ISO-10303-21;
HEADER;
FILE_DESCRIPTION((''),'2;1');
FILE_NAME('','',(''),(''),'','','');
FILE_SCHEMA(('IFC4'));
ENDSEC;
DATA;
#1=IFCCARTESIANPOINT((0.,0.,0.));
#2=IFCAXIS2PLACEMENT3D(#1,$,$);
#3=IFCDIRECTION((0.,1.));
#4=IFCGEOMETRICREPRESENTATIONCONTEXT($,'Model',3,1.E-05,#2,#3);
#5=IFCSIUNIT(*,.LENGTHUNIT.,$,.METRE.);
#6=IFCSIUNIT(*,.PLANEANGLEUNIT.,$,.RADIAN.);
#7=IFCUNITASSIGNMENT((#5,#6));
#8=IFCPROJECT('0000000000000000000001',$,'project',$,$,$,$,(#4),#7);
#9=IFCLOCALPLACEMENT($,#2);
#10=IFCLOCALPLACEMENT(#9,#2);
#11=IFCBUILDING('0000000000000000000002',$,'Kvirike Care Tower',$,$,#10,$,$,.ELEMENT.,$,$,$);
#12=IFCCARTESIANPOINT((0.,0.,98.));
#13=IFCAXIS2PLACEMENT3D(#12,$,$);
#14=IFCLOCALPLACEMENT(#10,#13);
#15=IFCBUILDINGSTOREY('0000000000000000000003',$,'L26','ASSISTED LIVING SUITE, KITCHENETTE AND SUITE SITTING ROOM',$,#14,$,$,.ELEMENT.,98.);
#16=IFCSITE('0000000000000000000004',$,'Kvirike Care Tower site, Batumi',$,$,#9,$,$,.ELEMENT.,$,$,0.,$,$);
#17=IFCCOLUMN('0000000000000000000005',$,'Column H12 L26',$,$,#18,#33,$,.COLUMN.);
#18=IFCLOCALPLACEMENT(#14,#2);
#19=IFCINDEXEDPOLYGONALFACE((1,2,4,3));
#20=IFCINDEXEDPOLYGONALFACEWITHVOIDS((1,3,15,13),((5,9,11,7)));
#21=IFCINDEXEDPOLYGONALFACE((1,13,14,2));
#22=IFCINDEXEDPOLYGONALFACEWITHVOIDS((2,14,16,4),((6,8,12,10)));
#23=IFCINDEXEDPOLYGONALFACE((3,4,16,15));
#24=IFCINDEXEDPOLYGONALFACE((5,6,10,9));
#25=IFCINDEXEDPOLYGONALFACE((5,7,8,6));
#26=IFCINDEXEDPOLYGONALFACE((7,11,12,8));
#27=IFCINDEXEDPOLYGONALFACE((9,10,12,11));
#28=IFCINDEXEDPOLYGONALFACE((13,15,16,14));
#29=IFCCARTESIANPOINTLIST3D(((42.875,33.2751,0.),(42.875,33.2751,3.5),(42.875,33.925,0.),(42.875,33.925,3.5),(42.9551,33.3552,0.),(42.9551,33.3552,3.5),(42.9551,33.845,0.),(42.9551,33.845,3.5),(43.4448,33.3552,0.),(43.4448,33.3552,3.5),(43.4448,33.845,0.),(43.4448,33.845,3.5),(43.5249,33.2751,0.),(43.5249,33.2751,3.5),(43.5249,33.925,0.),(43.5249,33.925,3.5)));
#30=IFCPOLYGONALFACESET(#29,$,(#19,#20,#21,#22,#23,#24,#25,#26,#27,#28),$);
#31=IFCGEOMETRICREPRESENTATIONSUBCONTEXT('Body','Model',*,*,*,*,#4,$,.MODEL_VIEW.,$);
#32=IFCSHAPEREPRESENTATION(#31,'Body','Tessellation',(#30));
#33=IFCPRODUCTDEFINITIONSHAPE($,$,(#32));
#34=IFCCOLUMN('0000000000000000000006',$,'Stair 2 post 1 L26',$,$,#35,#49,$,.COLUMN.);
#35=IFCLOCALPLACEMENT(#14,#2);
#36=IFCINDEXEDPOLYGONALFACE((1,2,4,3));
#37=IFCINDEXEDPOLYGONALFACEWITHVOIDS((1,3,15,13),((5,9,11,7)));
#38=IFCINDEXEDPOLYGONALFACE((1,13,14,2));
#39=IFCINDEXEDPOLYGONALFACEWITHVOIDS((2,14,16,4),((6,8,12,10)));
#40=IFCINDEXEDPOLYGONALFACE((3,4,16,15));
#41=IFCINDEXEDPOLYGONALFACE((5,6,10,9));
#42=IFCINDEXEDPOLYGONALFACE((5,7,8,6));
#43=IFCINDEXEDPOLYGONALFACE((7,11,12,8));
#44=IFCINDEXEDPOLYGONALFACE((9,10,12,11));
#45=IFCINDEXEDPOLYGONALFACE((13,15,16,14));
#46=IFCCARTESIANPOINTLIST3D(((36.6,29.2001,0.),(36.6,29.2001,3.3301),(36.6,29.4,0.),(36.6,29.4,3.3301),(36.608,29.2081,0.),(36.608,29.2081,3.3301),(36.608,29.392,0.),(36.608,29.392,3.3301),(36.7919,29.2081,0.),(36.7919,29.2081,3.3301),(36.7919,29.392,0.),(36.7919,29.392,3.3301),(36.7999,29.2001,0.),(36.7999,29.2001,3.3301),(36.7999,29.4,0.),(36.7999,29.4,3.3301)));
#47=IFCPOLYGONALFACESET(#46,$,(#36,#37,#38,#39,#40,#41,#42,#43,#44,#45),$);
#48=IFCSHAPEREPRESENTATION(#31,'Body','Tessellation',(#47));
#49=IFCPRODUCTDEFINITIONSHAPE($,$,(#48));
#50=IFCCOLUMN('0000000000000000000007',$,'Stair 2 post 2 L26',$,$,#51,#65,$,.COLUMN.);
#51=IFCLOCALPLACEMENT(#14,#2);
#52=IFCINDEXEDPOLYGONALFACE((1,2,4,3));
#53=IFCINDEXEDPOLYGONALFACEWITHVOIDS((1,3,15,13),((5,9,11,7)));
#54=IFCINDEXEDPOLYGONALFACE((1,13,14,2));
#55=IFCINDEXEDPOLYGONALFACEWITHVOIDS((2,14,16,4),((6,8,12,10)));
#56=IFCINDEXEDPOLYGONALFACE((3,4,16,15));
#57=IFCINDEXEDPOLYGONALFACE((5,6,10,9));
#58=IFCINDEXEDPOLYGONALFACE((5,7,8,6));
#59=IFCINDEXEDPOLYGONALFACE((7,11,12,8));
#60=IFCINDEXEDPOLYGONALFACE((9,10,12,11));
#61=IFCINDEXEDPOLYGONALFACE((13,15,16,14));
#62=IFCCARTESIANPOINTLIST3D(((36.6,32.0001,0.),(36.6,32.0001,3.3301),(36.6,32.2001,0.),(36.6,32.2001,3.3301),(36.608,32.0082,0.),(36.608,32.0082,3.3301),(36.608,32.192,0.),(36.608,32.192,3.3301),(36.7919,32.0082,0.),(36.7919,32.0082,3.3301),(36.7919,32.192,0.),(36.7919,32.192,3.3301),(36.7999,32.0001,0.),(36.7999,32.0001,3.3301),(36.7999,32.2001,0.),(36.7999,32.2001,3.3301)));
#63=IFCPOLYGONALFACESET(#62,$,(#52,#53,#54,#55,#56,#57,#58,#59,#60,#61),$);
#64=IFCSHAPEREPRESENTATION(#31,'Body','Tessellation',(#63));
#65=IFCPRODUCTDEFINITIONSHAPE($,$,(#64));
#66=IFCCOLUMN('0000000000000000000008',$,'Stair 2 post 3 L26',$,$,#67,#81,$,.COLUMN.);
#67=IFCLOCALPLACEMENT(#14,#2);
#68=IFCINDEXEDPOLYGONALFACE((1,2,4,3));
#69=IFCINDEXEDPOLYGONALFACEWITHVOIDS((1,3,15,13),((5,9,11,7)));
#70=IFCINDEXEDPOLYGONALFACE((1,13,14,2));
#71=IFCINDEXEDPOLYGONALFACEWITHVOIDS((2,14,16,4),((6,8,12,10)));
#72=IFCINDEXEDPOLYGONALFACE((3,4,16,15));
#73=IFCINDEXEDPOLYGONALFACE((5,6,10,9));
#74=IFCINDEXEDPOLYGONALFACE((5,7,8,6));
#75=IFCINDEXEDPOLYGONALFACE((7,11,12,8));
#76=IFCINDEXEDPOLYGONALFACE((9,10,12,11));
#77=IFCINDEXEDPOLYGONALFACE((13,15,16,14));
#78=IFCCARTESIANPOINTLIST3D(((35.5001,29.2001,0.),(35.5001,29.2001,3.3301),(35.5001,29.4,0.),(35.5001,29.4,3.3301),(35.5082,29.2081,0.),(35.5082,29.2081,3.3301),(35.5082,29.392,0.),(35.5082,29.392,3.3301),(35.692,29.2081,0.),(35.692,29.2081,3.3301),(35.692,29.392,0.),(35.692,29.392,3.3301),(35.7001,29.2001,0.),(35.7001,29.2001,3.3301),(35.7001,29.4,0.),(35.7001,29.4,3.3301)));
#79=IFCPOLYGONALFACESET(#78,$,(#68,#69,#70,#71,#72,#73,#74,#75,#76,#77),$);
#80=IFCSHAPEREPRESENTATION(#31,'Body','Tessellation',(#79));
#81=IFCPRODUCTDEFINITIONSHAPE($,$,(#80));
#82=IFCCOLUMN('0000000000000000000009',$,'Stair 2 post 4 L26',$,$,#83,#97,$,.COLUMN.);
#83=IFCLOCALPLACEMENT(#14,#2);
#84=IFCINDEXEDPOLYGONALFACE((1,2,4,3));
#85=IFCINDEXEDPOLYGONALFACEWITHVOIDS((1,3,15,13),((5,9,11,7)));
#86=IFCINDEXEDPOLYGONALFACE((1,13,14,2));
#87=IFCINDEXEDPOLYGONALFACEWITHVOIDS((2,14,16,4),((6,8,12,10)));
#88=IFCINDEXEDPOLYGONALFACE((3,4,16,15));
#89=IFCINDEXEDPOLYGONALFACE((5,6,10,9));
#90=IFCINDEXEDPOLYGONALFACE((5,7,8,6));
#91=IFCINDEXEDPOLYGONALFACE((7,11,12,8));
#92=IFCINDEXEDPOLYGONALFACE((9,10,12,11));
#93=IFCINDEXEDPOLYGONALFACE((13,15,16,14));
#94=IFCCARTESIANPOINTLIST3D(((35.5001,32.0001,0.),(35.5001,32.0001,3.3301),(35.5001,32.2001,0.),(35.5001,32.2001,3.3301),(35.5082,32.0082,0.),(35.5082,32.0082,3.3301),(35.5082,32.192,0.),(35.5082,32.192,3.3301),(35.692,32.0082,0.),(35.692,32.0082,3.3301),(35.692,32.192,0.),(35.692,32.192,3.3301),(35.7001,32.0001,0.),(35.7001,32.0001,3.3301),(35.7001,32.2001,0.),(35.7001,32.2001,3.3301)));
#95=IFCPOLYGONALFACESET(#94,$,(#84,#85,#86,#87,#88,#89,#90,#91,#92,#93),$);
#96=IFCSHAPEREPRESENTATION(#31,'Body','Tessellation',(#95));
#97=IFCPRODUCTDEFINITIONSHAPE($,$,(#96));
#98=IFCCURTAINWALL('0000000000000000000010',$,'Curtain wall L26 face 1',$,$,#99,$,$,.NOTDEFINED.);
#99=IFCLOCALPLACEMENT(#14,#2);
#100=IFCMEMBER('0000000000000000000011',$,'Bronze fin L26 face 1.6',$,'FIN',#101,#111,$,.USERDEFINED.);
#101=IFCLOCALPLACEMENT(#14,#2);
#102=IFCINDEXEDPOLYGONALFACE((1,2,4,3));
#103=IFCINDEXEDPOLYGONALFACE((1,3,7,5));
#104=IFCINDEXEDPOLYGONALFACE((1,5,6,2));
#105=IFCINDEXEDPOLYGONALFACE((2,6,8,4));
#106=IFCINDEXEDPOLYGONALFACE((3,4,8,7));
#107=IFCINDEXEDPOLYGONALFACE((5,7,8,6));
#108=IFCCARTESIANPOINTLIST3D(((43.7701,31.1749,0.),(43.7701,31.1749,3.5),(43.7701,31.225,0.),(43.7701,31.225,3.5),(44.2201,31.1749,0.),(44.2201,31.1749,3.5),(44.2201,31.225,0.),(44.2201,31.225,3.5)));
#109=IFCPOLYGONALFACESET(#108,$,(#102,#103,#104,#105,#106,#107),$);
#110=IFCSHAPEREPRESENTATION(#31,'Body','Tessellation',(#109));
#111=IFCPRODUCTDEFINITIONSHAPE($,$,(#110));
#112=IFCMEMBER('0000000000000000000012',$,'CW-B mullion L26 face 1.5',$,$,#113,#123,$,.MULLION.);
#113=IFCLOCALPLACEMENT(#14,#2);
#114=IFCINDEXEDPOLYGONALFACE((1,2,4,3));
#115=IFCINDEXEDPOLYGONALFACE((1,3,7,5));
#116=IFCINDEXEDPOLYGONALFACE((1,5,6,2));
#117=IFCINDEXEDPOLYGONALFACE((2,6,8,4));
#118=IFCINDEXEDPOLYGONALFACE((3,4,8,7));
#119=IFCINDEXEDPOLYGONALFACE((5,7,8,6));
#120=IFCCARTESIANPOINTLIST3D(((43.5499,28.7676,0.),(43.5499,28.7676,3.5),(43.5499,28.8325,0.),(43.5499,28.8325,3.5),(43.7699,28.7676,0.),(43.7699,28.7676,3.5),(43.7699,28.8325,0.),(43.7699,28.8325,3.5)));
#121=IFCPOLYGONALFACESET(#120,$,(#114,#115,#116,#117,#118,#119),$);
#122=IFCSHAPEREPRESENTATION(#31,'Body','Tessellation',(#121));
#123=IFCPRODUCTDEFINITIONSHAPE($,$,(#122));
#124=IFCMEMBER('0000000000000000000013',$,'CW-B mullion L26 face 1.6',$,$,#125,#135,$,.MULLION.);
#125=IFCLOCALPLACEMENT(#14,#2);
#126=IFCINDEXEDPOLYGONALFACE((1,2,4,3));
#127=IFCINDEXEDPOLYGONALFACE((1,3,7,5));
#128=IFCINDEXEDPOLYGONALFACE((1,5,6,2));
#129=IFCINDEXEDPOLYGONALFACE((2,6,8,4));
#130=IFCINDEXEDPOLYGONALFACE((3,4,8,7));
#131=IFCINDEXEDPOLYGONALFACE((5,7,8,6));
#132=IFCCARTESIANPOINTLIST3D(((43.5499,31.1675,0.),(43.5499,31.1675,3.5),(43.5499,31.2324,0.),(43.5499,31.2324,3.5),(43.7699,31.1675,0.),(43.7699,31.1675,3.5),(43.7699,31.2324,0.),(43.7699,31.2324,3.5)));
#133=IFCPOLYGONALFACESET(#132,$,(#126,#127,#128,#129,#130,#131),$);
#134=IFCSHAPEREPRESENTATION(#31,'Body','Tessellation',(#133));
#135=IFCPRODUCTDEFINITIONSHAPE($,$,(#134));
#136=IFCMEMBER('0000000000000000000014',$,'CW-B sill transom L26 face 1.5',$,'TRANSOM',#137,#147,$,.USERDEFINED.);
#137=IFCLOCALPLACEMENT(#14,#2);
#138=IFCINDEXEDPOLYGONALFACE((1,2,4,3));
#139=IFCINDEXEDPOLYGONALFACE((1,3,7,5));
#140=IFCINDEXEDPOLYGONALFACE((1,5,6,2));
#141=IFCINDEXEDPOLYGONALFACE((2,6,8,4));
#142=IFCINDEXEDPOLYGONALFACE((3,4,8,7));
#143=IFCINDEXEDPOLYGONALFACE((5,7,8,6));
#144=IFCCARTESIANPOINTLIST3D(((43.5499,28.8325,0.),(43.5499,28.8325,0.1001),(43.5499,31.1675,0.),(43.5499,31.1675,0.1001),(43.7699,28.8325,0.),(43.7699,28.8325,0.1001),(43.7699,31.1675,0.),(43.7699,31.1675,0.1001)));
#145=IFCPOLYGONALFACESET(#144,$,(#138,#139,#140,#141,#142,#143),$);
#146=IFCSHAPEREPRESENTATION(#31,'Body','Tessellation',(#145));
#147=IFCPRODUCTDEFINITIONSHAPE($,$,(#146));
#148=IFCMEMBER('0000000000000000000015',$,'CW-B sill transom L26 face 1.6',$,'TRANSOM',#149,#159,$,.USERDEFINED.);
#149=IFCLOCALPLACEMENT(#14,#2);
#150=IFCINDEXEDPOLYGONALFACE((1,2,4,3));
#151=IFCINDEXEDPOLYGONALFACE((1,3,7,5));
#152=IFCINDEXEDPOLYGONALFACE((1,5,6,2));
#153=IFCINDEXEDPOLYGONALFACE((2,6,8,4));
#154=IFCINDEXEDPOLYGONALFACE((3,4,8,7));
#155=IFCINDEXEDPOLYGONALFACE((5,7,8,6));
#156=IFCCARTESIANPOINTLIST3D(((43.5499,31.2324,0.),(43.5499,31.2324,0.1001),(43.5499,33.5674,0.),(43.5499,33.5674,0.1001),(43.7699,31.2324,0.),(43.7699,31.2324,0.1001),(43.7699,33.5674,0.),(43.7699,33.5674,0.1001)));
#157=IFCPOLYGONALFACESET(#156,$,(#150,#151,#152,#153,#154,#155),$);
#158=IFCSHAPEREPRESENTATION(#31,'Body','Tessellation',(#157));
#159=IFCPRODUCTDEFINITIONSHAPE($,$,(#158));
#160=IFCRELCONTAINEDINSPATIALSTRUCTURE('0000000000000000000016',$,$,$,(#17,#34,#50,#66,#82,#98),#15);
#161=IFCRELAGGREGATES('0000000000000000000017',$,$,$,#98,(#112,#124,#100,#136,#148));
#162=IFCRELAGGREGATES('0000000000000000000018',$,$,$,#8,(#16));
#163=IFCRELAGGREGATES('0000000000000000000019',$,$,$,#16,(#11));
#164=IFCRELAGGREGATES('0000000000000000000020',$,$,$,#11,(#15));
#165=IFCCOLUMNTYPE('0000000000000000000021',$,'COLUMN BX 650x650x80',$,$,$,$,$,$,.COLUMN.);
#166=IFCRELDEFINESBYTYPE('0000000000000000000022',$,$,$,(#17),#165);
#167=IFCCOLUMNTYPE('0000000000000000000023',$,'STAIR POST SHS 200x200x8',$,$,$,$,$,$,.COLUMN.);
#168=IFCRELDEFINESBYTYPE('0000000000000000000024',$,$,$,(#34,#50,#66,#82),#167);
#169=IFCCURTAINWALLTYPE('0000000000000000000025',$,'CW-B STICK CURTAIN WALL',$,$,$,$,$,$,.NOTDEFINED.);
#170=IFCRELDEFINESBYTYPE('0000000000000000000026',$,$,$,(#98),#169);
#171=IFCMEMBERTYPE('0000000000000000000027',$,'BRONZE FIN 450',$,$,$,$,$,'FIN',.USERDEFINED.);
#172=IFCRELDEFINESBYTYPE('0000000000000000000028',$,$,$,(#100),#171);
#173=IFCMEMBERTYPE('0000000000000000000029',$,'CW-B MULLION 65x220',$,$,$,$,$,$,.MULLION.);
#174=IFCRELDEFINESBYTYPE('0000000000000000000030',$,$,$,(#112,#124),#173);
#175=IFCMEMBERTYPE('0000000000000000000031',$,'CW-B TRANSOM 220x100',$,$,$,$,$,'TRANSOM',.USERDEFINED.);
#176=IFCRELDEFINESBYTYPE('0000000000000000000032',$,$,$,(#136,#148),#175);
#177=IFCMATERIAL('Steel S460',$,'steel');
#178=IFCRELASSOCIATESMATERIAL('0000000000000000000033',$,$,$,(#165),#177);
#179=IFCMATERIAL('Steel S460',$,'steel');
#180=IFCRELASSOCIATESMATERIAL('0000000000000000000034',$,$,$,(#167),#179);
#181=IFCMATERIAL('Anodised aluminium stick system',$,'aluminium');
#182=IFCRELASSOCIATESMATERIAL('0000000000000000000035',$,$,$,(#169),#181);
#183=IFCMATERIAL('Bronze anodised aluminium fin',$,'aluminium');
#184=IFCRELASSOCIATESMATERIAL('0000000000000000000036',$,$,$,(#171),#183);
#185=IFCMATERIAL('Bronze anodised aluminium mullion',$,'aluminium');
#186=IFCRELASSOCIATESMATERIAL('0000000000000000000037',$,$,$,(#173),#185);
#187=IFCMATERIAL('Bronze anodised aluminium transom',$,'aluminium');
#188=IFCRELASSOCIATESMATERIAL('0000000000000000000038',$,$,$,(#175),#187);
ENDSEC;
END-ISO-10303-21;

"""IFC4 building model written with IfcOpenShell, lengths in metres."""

from ifc_helpers import new_model, si_unit, direction, frame, origin, origin_2d, place, context, subcontext, project, spatial, rectangle, hollow_rectangle, extrude, material, material_profile, profile_set, type_object, element, aggregate, save


model = new_model("IFC4")

# Units and contexts
model_context = context("Model", 3, precision=1e-05, world=origin(), true_north=direction((0.0, 1.0)))
body_context = subcontext(model_context, "Body", "Model", "MODEL_VIEW")
ifc_project = project(units=[si_unit("LENGTHUNIT", "METRE"), si_unit("PLANEANGLEUNIT", "RADIAN")], contexts=[model_context])

# Site, building, storey
site_placement = place(None, origin())
site = spatial("IfcSite", under=ifc_project, at=site_placement, Name="Kvirike Care Tower site, Batumi", CompositionType="ELEMENT", RefElevation=0.0)
building_placement = place(site_placement, origin())
building = spatial("IfcBuilding", under=site, at=building_placement, Name="Kvirike Care Tower", CompositionType="ELEMENT")
storey_placement = place(building_placement, frame((0.0, 0.0, 98.0)))
storey = spatial("IfcBuildingStorey", under=building, at=storey_placement, Name="L26", Description="ASSISTED LIVING SUITE, KITCHENETTE AND SUITE SITTING ROOM", CompositionType="ELEMENT", Elevation=98.0)

# Columns
ifc_material_1 = material(Name="Steel S460", Category="steel")
ifc_material_profile_1 = material_profile(ifc_material_1, hollow_rectangle(XDim=0.6499, YDim=0.6499, WallThickness=0.0801, at=origin_2d()), Name="BX 650x650x80")
ifc_profile_set_1 = profile_set([ifc_material_profile_1], Name="Steel S460")
column_type_1 = type_object("IfcColumnType", Name="COLUMN BX 650x650x80", PredefinedType="COLUMN", material=ifc_profile_set_1)
column_placement = place(storey_placement, frame((43.2, 33.6001, 0.0), z_axis=(0.0, 0.0, 1.0), x_axis=(1.0, 0.0, 0.0)))
element("IfcColumn", 1, at=column_placement, inside=storey, type_object=column_type_1, Name="Column H12 L26", PredefinedType="COLUMN", context=body_context, shape_type="SweptSolid", body=[
    extrude(hollow_rectangle(XDim=0.6499, YDim=0.6499, WallThickness=0.0801, at=origin_2d()), origin(), (0.0, 0.0, 1.0), 3.5),
])
ifc_material_2 = material(Name="Steel S460", Category="steel")
ifc_material_profile_2 = material_profile(ifc_material_2, hollow_rectangle(XDim=0.2, YDim=0.2, WallThickness=0.0081, at=origin_2d()), Name="SHS 200x200x8")
ifc_profile_set_2 = profile_set([ifc_material_profile_2], Name="Steel S460")
column_type_2 = type_object("IfcColumnType", Name="STAIR POST SHS 200x200x8", PredefinedType="COLUMN", material=ifc_profile_set_2)
for number, where, z_axis, x_axis, name in (
    (2, (36.7, 29.3, 0.0), (0.0, 0.0, 1.0), (1.0, 0.0, 0.0), "Stair 2 post 1 L26"),
    (3, (36.7, 32.1001, 0.0), (0.0, 0.0, 1.0), (1.0, 0.0, 0.0), "Stair 2 post 2 L26"),
    (4, (35.6001, 29.3, 0.0), (0.0, 0.0, 1.0), (1.0, 0.0, 0.0), "Stair 2 post 3 L26"),
    (5, (35.6001, 32.1001, 0.0), (0.0, 0.0, 1.0), (1.0, 0.0, 0.0), "Stair 2 post 4 L26"),
):
    element("IfcColumn", number, at=place(storey_placement, frame(where, z_axis=z_axis, x_axis=x_axis)), inside=storey, type_object=column_type_2, Name=name, PredefinedType="COLUMN", context=body_context, shape_type="SweptSolid", body=[
        extrude(hollow_rectangle(XDim=0.2, YDim=0.2, WallThickness=0.0081, at=origin_2d()), origin(), (0.0, 0.0, 1.0), 3.3301),
    ])

# Curtain wall, members
ifc_material_3 = material(Name="Anodised aluminium stick system", Category="aluminium")
curtain_wall_type = type_object("IfcCurtainWallType", Name="CW-B STICK CURTAIN WALL", PredefinedType="NOTDEFINED", material=ifc_material_3)
curtain_wall_placement = place(storey_placement, origin())
curtain_wall = element("IfcCurtainWall", 6, at=curtain_wall_placement, inside=storey, type_object=curtain_wall_type, Name="Curtain wall L26 face 1", PredefinedType="NOTDEFINED")
ifc_material_4 = material(Name="Bronze anodised aluminium fin", Category="aluminium")
ifc_material_profile_3 = material_profile(ifc_material_4, rectangle(XDim=0.05, YDim=0.45, at=origin_2d()), Name="BRONZE FIN 450")
ifc_profile_set_3 = profile_set([ifc_material_profile_3], Name="Bronze anodised aluminium fin")
member_type_1 = type_object("IfcMemberType", Name="BRONZE FIN 450", ElementType="FIN", PredefinedType="USERDEFINED", material=ifc_profile_set_3)
member_1_placement = place(storey_placement, frame((43.9951, 31.2, 0.0), z_axis=(0.0, 0.0, 1.0), x_axis=(0.0, 1.0, 0.0)))
member_1 = element("IfcMember", 7, at=member_1_placement, type_object=member_type_1, Name="Bronze fin L26 face 1.6", ObjectType="FIN", PredefinedType="USERDEFINED", context=body_context, shape_type="SweptSolid", body=[
    extrude(rectangle(XDim=0.05, YDim=0.45, at=origin_2d()), origin(), (0.0, 0.0, 1.0), 3.5),
])
ifc_material_5 = material(Name="Bronze anodised aluminium mullion", Category="aluminium")
ifc_material_profile_4 = material_profile(ifc_material_5, rectangle(XDim=0.0649, YDim=0.22, at=origin_2d()), Name="CW-B MULLION 65x220")
ifc_profile_set_4 = profile_set([ifc_material_profile_4], Name="Bronze anodised aluminium mullion")
member_type_2 = type_object("IfcMemberType", Name="CW-B MULLION 65x220", PredefinedType="MULLION", material=ifc_profile_set_4)
member_2_placement = place(storey_placement, frame((43.6599, 28.8, 0.0), z_axis=(0.0, 0.0, 1.0), x_axis=(0.0, 1.0, 0.0)))
member_2 = element("IfcMember", 8, at=member_2_placement, type_object=member_type_2, Name="CW-B mullion L26 face 1.5", PredefinedType="MULLION", context=body_context, shape_type="SweptSolid", body=[
    extrude(rectangle(XDim=0.0649, YDim=0.22, at=origin_2d()), origin(), (0.0, 0.0, 1.0), 3.5),
])
member_3_placement = place(storey_placement, frame((43.6599, 31.2, 0.0), z_axis=(0.0, 0.0, 1.0), x_axis=(0.0, 1.0, 0.0)))
member_3 = element("IfcMember", 9, at=member_3_placement, type_object=member_type_2, Name="CW-B mullion L26 face 1.6", PredefinedType="MULLION", context=body_context, shape_type="SweptSolid", body=[
    extrude(rectangle(XDim=0.0649, YDim=0.22, at=origin_2d()), origin(), (0.0, 0.0, 1.0), 3.5),
])
ifc_material_6 = material(Name="Bronze anodised aluminium transom", Category="aluminium")
ifc_material_profile_5 = material_profile(ifc_material_6, rectangle(XDim=0.22, YDim=0.1001, at=origin_2d()), Name="CW-B TRANSOM 220x100")
ifc_profile_set_5 = profile_set([ifc_material_profile_5], Name="Bronze anodised aluminium transom")
member_type_3 = type_object("IfcMemberType", Name="CW-B TRANSOM 220x100", ElementType="TRANSOM", PredefinedType="USERDEFINED", material=ifc_profile_set_5)
member_4_placement = place(storey_placement, frame((43.6599, 28.8325, 0.05), z_axis=(0.0, 1.0, 0.0), x_axis=(-1.0, 0.0, 0.0)))
member_4 = element("IfcMember", 10, at=member_4_placement, type_object=member_type_3, Name="CW-B sill transom L26 face 1.5", ObjectType="TRANSOM", PredefinedType="USERDEFINED", context=body_context, shape_type="SweptSolid", body=[
    extrude(rectangle(XDim=0.22, YDim=0.1001, at=origin_2d()), origin(), (0.0, 0.0, 1.0), 2.335),
])
member_5_placement = place(storey_placement, frame((43.6599, 31.2324, 0.05), z_axis=(0.0, 1.0, 0.0), x_axis=(-1.0, 0.0, 0.0)))
member_5 = element("IfcMember", 11, at=member_5_placement, type_object=member_type_3, Name="CW-B sill transom L26 face 1.6", ObjectType="TRANSOM", PredefinedType="USERDEFINED", context=body_context, shape_type="SweptSolid", body=[
    extrude(rectangle(XDim=0.22, YDim=0.1001, at=origin_2d()), origin(), (0.0, 0.0, 1.0), 2.335),
])

aggregate(curtain_wall, [member_2, member_3, member_1, member_4, member_5])

save(model, "model.ifc")
